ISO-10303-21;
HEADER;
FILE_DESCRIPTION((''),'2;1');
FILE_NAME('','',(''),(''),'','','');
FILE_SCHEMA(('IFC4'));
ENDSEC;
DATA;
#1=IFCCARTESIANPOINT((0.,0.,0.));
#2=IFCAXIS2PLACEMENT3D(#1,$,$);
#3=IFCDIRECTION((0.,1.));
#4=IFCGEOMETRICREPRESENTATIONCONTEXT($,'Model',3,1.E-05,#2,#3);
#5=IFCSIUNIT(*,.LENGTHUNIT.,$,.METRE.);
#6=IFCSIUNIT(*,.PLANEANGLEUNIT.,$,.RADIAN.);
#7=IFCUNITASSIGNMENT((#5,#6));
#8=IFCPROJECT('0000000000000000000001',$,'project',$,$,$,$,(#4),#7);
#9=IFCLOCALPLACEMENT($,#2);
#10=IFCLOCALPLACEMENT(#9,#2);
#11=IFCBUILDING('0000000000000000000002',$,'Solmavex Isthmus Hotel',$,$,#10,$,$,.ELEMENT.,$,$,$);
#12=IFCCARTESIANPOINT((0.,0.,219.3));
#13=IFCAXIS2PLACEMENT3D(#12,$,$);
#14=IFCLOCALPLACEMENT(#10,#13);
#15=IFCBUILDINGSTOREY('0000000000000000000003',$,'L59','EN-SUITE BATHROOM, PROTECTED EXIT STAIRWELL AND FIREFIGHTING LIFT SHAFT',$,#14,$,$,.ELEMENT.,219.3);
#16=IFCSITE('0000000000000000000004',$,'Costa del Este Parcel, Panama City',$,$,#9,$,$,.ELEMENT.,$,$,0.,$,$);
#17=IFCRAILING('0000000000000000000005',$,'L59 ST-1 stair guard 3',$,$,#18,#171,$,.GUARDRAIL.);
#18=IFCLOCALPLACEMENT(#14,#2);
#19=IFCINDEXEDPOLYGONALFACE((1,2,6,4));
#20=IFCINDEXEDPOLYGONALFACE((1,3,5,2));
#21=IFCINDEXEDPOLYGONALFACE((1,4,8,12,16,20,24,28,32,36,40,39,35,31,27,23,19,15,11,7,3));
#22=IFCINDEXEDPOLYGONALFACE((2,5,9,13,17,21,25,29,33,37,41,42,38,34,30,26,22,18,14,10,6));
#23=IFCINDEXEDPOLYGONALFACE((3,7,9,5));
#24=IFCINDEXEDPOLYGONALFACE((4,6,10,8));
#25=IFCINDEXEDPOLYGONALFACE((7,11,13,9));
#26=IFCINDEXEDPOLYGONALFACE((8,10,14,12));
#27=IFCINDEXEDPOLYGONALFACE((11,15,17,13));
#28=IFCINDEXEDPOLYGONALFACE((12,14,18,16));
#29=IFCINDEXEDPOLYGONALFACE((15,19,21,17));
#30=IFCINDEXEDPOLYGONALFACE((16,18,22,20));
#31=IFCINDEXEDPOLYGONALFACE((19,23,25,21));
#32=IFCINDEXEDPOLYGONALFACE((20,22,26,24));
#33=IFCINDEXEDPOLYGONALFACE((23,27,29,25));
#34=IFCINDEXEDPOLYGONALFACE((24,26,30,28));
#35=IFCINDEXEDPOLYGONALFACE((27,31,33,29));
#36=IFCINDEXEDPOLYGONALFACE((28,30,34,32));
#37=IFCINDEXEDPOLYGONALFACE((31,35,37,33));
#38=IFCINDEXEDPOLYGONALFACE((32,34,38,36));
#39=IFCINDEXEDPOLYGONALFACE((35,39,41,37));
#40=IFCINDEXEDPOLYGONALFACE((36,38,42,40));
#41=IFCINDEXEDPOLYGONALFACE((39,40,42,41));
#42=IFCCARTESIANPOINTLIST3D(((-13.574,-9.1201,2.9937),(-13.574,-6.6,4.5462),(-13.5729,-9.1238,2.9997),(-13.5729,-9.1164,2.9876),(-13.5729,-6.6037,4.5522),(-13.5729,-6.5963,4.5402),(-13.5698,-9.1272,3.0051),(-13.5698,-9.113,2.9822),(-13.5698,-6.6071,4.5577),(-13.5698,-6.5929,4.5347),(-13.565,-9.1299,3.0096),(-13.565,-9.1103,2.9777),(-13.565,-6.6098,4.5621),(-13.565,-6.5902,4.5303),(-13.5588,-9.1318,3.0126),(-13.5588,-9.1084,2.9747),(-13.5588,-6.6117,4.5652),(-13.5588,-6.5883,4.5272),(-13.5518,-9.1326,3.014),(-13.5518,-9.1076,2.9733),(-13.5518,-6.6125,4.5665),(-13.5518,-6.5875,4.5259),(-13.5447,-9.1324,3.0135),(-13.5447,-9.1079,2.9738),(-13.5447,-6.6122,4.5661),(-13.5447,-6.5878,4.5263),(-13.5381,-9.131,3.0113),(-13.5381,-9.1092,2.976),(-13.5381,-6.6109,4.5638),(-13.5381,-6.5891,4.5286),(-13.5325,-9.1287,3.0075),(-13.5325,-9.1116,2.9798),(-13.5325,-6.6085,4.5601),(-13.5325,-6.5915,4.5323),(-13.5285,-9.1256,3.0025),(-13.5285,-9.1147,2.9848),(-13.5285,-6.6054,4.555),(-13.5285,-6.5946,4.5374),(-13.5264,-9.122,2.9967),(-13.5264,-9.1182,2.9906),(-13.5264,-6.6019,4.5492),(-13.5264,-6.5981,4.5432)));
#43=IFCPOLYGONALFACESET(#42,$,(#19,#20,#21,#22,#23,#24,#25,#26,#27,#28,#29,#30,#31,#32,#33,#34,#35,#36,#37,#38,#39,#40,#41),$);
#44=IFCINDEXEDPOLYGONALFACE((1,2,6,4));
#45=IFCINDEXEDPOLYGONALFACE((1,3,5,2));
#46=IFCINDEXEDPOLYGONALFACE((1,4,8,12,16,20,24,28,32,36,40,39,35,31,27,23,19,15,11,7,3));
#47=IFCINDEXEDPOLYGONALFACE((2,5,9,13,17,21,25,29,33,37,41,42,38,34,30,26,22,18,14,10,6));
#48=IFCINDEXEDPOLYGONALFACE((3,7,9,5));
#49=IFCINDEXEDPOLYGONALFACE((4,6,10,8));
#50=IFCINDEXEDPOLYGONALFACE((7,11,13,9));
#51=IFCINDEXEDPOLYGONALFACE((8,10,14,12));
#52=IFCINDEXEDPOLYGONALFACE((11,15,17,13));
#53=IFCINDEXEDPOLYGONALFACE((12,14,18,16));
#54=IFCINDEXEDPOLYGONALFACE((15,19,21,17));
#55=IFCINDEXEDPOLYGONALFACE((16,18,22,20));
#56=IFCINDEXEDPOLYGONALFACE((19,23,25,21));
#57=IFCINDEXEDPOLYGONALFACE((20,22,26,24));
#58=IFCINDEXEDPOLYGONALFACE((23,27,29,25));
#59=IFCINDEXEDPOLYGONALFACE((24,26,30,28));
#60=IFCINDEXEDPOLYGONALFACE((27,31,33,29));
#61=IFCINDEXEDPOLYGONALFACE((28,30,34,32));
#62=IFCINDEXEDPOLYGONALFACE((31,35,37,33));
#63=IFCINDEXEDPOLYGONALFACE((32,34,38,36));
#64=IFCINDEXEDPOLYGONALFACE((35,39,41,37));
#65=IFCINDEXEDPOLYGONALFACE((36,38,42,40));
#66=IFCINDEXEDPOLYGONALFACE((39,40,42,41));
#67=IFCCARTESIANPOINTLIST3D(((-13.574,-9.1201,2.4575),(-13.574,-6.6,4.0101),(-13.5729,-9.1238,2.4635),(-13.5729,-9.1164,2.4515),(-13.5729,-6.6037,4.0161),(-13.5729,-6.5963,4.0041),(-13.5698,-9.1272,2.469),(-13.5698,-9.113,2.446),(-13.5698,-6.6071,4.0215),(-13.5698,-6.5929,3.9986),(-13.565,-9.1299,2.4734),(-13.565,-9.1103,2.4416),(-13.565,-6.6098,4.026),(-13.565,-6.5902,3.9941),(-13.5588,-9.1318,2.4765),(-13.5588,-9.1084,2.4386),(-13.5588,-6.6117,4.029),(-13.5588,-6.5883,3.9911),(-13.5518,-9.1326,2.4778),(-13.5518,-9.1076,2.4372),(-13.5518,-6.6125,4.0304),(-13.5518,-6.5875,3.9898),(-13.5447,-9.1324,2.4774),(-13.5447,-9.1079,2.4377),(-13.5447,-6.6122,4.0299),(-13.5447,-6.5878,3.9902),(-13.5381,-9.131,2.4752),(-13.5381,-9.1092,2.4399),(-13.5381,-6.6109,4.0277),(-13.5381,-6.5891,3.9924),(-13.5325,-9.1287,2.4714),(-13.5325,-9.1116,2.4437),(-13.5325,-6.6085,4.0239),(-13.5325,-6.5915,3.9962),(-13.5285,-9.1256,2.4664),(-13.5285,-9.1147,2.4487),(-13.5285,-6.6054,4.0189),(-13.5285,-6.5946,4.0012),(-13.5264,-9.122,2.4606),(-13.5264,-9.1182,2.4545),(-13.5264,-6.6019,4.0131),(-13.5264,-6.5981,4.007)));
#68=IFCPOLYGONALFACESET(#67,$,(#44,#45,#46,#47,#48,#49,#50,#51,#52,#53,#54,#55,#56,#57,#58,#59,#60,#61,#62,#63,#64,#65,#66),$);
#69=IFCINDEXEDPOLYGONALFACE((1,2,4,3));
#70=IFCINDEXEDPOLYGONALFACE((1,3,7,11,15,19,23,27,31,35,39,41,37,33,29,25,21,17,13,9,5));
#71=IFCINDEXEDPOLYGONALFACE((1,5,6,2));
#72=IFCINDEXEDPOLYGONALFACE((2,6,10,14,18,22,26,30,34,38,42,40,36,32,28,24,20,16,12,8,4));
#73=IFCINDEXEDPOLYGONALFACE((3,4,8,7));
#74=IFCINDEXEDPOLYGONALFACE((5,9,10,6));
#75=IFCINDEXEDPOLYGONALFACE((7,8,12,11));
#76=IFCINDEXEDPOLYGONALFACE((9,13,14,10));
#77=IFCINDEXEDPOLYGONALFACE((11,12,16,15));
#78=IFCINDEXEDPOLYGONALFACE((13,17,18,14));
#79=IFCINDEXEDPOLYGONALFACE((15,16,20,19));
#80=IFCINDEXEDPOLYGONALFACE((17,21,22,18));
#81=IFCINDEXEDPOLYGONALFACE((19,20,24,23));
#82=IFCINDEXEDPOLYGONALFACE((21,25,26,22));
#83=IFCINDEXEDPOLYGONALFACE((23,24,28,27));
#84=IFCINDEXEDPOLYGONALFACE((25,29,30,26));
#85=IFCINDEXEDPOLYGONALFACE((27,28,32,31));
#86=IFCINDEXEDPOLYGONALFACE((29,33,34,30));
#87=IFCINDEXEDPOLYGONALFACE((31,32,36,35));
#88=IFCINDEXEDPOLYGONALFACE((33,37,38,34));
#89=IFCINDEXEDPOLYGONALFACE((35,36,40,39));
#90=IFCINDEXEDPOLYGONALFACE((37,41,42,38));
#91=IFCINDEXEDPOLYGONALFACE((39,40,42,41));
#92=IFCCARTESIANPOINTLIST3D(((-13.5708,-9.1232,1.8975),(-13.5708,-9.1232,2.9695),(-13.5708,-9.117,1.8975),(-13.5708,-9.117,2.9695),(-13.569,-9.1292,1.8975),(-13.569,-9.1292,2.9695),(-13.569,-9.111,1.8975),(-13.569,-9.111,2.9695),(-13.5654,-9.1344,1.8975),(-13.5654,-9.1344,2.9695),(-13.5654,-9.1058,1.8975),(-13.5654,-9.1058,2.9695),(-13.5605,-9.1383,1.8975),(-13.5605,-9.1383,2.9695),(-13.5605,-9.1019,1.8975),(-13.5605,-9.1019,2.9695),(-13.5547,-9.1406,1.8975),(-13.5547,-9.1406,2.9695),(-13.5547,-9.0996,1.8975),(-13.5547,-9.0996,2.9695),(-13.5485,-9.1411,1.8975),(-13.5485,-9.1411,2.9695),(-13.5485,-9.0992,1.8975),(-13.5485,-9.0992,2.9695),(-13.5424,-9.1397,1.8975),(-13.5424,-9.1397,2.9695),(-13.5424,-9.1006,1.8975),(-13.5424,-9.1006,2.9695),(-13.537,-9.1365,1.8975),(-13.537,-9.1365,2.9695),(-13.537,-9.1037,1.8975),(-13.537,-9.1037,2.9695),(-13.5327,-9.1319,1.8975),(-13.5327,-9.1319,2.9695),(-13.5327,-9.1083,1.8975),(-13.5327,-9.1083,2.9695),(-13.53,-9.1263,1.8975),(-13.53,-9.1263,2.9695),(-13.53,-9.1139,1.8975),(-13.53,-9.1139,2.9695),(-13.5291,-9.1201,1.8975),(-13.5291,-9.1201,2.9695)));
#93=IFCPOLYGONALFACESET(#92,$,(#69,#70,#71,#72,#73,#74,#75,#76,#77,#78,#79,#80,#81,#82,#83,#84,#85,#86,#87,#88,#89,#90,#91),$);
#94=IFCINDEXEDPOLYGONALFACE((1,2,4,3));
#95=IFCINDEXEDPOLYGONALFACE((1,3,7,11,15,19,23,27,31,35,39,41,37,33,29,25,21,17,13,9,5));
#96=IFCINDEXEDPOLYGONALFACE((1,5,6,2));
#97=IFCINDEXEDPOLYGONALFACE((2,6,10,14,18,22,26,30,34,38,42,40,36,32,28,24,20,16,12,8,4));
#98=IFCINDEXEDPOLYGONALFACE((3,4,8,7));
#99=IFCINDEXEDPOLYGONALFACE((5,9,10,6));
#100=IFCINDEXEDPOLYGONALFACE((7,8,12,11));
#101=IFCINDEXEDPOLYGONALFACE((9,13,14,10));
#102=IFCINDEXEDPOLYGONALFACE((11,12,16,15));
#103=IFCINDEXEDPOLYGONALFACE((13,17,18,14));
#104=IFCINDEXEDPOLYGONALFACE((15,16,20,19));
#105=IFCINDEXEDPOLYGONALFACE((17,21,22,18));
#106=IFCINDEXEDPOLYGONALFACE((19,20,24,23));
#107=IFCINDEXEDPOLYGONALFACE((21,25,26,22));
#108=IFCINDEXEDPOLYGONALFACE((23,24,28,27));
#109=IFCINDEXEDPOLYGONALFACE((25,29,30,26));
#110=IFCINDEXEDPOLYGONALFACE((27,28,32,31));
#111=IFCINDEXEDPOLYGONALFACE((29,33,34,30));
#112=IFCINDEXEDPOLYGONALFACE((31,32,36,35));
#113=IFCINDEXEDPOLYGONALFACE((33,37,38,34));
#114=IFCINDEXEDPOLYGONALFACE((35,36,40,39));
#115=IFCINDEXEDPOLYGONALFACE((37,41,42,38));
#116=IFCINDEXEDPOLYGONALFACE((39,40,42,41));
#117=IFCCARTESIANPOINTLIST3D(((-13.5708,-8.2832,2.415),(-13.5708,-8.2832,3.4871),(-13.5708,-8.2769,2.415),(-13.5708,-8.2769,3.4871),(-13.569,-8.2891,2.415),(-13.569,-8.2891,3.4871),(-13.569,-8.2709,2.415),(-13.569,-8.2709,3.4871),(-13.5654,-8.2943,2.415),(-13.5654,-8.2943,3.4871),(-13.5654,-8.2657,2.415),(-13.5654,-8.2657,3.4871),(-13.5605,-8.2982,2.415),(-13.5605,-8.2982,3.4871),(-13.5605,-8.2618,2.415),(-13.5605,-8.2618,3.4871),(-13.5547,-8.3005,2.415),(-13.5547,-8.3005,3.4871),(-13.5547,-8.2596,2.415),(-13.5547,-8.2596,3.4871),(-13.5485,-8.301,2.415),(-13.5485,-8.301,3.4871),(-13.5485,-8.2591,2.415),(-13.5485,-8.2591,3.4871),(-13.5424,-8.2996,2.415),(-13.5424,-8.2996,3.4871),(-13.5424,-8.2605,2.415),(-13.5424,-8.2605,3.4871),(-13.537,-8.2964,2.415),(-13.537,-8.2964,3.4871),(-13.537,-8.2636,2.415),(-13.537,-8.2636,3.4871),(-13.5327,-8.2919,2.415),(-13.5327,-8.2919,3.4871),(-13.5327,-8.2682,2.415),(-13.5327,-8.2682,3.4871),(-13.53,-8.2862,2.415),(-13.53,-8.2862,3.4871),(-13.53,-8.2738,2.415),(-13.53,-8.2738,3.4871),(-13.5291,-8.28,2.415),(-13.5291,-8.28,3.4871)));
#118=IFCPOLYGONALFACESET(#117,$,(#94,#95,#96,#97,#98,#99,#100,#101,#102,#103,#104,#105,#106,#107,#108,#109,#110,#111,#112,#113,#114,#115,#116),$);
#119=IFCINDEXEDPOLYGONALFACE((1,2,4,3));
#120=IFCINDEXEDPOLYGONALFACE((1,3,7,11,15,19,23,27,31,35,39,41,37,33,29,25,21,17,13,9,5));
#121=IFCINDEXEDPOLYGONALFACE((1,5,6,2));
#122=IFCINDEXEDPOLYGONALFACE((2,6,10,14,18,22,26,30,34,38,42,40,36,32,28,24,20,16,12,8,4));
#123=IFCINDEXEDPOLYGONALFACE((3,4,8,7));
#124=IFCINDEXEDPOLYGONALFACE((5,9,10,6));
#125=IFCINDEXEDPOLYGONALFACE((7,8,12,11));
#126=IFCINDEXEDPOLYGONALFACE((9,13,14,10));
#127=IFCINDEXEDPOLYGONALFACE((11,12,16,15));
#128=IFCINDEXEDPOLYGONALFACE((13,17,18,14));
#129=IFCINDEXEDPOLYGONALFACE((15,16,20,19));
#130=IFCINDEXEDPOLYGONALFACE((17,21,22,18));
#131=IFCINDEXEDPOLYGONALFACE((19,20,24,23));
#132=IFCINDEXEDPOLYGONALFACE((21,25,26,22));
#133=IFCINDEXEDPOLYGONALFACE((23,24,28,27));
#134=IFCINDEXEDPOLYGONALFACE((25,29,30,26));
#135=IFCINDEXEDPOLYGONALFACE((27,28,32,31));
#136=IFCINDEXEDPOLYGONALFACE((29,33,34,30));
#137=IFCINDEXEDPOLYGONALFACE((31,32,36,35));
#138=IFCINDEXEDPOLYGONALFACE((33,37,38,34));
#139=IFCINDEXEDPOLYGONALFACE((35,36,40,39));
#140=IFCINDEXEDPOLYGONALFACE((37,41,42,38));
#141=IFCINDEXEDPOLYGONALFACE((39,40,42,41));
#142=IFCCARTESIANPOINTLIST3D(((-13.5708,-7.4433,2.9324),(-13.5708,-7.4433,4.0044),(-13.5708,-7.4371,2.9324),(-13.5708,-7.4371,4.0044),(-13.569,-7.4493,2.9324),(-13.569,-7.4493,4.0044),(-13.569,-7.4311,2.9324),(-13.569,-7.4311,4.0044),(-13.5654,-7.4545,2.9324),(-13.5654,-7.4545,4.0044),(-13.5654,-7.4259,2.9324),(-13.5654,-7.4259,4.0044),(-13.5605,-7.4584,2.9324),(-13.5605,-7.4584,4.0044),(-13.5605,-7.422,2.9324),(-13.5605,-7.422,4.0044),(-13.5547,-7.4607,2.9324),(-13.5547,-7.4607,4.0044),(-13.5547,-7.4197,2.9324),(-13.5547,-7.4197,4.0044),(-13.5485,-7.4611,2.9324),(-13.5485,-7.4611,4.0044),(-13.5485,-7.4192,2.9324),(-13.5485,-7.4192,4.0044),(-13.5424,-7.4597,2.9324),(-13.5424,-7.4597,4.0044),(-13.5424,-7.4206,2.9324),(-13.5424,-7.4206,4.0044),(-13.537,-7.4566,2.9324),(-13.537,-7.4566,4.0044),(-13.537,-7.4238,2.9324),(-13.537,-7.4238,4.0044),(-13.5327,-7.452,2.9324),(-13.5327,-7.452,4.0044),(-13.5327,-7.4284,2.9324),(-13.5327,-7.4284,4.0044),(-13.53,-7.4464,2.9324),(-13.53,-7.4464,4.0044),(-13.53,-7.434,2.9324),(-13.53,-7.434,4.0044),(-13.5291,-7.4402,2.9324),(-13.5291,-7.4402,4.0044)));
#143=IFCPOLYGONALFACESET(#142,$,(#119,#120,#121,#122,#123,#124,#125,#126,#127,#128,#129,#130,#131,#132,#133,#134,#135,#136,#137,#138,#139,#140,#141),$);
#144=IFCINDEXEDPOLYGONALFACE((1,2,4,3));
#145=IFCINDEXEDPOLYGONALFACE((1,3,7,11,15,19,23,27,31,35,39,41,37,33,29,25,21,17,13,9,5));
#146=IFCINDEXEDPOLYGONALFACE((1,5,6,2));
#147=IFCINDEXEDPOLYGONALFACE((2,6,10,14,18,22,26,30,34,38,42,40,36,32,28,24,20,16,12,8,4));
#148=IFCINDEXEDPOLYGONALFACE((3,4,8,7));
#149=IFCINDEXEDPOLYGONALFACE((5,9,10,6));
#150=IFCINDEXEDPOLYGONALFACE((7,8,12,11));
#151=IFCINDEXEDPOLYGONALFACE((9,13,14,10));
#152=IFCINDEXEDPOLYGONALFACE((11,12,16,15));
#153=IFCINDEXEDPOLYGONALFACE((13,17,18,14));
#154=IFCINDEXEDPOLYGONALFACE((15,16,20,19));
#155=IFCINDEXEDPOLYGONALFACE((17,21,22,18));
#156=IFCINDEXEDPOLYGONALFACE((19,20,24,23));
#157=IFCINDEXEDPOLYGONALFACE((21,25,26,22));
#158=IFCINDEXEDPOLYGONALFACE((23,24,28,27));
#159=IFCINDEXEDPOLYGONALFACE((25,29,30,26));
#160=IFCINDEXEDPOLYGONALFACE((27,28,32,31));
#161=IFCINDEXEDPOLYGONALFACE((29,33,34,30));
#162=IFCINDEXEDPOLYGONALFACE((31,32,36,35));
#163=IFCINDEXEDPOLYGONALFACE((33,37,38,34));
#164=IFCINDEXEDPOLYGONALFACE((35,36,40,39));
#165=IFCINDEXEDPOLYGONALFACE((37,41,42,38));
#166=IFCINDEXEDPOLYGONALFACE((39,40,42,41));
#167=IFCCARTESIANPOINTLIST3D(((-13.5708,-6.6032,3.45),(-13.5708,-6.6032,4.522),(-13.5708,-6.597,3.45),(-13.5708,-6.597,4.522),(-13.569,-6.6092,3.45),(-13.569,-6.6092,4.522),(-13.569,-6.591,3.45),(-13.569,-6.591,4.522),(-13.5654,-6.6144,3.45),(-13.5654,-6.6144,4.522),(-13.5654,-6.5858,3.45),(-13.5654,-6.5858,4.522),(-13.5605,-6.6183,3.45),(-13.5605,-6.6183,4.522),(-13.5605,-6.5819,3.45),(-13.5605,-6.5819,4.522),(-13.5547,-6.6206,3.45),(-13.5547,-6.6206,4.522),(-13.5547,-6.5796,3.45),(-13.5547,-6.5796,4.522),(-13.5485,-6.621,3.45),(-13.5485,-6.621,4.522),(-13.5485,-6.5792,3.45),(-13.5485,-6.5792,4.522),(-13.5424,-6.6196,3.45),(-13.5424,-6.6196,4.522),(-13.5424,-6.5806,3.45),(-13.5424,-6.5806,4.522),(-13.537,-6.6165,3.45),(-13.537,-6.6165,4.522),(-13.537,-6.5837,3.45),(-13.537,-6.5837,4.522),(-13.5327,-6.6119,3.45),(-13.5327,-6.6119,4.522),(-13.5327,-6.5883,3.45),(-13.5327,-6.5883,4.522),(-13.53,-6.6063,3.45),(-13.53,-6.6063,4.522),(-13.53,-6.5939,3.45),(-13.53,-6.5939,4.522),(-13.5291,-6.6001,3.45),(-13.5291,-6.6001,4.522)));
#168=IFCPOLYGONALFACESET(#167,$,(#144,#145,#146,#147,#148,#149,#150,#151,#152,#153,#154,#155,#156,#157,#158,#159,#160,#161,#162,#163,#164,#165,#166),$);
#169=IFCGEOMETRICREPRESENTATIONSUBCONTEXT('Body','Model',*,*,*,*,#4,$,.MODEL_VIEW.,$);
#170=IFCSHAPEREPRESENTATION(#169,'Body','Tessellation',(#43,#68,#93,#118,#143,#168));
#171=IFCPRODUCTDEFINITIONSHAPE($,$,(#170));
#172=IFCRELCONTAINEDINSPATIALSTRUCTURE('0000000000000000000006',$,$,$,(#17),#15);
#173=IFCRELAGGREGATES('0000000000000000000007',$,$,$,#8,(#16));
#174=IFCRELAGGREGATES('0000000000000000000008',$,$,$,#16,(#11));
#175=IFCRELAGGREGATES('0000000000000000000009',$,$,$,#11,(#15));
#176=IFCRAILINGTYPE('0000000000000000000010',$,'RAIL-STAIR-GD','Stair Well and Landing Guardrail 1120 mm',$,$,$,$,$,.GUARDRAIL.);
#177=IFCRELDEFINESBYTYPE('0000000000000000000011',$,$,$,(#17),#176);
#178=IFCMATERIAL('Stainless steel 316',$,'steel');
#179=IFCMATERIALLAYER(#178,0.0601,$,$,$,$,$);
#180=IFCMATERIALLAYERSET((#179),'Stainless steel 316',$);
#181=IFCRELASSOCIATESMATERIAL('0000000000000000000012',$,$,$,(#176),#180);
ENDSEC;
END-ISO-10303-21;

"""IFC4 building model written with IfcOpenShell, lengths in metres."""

from ifc_helpers import new_model, si_unit, direction, frame, origin, origin_2d, place, context, subcontext, project, spatial, circle, extrude, material, layer, layer_set, type_object, element, save


model = new_model("IFC4")

# Units and contexts
model_context = context("Model", 3, precision=1e-05, world=origin(), true_north=direction((0.0, 1.0)))
body_context = subcontext(model_context, "Body", "Model", "MODEL_VIEW")
ifc_project = project(units=[si_unit("LENGTHUNIT", "METRE"), si_unit("PLANEANGLEUNIT", "RADIAN")], contexts=[model_context])

# Site, building, storey
site_placement = place(None, origin())
site = spatial("IfcSite", under=ifc_project, at=site_placement, Name="Costa del Este Parcel, Panama City", CompositionType="ELEMENT", RefElevation=0.0)
building_placement = place(site_placement, origin())
building = spatial("IfcBuilding", under=site, at=building_placement, Name="Solmavex Isthmus Hotel", CompositionType="ELEMENT")
storey_placement = place(building_placement, frame((0.0, 0.0, 219.3)))
storey = spatial("IfcBuildingStorey", under=building, at=storey_placement, Name="L59", Description="EN-SUITE BATHROOM, PROTECTED EXIT STAIRWELL AND FIREFIGHTING LIFT SHAFT", CompositionType="ELEMENT", Elevation=219.3)

# Railing
ifc_material_1 = material(Name="Stainless steel 316", Category="steel")
ifc_layer_1 = layer(ifc_material_1, 0.0601)
ifc_layer_set_1 = layer_set([ifc_layer_1], Name="Stainless steel 316")
railing_type = type_object("IfcRailingType", Name="RAIL-STAIR-GD", Description="Stair Well and Landing Guardrail 1120 mm", PredefinedType="GUARDRAIL", material=ifc_layer_set_1)
railing_1_placement = place(storey_placement, frame((-13.55, -9.1201, 1.8975)))
element("IfcRailing", 1, at=railing_1_placement, inside=storey, type_object=railing_type, Name="L59 ST-1 stair guard 3", PredefinedType="GUARDRAIL", context=body_context, shape_type="SweptSolid", body=[
    extrude(circle(Radius=0.0239, at=origin_2d()), frame((0.0, 0.0, 1.0962), z_axis=(0.0, 0.8514, 0.524516), x_axis=(-1.0, 0.0, 0.0)), (0.0, 0.0, 1.0), 2.96),
    extrude(circle(Radius=0.0239, at=origin_2d()), frame((0.0, 0.0, 0.5601), z_axis=(0.0, 0.8514, 0.524516), x_axis=(-1.0, 0.0, 0.0)), (0.0, 0.0, 1.0), 2.96),
    extrude(circle(Radius=0.021, at=origin_2d()), origin(), (0.0, 0.0, 1.0), 1.072),
    extrude(circle(Radius=0.021, at=origin_2d()), frame((0.0, 0.8401, 0.5176)), (0.0, 0.0, 1.0), 1.072),
    extrude(circle(Radius=0.021, at=origin_2d()), frame((0.0, 1.6799, 1.0349)), (0.0, 0.0, 1.0), 1.072),
    extrude(circle(Radius=0.021, at=origin_2d()), frame((0.0, 2.52, 1.5525)), (0.0, 0.0, 1.0), 1.072),
])

save(model, "model.ifc")
